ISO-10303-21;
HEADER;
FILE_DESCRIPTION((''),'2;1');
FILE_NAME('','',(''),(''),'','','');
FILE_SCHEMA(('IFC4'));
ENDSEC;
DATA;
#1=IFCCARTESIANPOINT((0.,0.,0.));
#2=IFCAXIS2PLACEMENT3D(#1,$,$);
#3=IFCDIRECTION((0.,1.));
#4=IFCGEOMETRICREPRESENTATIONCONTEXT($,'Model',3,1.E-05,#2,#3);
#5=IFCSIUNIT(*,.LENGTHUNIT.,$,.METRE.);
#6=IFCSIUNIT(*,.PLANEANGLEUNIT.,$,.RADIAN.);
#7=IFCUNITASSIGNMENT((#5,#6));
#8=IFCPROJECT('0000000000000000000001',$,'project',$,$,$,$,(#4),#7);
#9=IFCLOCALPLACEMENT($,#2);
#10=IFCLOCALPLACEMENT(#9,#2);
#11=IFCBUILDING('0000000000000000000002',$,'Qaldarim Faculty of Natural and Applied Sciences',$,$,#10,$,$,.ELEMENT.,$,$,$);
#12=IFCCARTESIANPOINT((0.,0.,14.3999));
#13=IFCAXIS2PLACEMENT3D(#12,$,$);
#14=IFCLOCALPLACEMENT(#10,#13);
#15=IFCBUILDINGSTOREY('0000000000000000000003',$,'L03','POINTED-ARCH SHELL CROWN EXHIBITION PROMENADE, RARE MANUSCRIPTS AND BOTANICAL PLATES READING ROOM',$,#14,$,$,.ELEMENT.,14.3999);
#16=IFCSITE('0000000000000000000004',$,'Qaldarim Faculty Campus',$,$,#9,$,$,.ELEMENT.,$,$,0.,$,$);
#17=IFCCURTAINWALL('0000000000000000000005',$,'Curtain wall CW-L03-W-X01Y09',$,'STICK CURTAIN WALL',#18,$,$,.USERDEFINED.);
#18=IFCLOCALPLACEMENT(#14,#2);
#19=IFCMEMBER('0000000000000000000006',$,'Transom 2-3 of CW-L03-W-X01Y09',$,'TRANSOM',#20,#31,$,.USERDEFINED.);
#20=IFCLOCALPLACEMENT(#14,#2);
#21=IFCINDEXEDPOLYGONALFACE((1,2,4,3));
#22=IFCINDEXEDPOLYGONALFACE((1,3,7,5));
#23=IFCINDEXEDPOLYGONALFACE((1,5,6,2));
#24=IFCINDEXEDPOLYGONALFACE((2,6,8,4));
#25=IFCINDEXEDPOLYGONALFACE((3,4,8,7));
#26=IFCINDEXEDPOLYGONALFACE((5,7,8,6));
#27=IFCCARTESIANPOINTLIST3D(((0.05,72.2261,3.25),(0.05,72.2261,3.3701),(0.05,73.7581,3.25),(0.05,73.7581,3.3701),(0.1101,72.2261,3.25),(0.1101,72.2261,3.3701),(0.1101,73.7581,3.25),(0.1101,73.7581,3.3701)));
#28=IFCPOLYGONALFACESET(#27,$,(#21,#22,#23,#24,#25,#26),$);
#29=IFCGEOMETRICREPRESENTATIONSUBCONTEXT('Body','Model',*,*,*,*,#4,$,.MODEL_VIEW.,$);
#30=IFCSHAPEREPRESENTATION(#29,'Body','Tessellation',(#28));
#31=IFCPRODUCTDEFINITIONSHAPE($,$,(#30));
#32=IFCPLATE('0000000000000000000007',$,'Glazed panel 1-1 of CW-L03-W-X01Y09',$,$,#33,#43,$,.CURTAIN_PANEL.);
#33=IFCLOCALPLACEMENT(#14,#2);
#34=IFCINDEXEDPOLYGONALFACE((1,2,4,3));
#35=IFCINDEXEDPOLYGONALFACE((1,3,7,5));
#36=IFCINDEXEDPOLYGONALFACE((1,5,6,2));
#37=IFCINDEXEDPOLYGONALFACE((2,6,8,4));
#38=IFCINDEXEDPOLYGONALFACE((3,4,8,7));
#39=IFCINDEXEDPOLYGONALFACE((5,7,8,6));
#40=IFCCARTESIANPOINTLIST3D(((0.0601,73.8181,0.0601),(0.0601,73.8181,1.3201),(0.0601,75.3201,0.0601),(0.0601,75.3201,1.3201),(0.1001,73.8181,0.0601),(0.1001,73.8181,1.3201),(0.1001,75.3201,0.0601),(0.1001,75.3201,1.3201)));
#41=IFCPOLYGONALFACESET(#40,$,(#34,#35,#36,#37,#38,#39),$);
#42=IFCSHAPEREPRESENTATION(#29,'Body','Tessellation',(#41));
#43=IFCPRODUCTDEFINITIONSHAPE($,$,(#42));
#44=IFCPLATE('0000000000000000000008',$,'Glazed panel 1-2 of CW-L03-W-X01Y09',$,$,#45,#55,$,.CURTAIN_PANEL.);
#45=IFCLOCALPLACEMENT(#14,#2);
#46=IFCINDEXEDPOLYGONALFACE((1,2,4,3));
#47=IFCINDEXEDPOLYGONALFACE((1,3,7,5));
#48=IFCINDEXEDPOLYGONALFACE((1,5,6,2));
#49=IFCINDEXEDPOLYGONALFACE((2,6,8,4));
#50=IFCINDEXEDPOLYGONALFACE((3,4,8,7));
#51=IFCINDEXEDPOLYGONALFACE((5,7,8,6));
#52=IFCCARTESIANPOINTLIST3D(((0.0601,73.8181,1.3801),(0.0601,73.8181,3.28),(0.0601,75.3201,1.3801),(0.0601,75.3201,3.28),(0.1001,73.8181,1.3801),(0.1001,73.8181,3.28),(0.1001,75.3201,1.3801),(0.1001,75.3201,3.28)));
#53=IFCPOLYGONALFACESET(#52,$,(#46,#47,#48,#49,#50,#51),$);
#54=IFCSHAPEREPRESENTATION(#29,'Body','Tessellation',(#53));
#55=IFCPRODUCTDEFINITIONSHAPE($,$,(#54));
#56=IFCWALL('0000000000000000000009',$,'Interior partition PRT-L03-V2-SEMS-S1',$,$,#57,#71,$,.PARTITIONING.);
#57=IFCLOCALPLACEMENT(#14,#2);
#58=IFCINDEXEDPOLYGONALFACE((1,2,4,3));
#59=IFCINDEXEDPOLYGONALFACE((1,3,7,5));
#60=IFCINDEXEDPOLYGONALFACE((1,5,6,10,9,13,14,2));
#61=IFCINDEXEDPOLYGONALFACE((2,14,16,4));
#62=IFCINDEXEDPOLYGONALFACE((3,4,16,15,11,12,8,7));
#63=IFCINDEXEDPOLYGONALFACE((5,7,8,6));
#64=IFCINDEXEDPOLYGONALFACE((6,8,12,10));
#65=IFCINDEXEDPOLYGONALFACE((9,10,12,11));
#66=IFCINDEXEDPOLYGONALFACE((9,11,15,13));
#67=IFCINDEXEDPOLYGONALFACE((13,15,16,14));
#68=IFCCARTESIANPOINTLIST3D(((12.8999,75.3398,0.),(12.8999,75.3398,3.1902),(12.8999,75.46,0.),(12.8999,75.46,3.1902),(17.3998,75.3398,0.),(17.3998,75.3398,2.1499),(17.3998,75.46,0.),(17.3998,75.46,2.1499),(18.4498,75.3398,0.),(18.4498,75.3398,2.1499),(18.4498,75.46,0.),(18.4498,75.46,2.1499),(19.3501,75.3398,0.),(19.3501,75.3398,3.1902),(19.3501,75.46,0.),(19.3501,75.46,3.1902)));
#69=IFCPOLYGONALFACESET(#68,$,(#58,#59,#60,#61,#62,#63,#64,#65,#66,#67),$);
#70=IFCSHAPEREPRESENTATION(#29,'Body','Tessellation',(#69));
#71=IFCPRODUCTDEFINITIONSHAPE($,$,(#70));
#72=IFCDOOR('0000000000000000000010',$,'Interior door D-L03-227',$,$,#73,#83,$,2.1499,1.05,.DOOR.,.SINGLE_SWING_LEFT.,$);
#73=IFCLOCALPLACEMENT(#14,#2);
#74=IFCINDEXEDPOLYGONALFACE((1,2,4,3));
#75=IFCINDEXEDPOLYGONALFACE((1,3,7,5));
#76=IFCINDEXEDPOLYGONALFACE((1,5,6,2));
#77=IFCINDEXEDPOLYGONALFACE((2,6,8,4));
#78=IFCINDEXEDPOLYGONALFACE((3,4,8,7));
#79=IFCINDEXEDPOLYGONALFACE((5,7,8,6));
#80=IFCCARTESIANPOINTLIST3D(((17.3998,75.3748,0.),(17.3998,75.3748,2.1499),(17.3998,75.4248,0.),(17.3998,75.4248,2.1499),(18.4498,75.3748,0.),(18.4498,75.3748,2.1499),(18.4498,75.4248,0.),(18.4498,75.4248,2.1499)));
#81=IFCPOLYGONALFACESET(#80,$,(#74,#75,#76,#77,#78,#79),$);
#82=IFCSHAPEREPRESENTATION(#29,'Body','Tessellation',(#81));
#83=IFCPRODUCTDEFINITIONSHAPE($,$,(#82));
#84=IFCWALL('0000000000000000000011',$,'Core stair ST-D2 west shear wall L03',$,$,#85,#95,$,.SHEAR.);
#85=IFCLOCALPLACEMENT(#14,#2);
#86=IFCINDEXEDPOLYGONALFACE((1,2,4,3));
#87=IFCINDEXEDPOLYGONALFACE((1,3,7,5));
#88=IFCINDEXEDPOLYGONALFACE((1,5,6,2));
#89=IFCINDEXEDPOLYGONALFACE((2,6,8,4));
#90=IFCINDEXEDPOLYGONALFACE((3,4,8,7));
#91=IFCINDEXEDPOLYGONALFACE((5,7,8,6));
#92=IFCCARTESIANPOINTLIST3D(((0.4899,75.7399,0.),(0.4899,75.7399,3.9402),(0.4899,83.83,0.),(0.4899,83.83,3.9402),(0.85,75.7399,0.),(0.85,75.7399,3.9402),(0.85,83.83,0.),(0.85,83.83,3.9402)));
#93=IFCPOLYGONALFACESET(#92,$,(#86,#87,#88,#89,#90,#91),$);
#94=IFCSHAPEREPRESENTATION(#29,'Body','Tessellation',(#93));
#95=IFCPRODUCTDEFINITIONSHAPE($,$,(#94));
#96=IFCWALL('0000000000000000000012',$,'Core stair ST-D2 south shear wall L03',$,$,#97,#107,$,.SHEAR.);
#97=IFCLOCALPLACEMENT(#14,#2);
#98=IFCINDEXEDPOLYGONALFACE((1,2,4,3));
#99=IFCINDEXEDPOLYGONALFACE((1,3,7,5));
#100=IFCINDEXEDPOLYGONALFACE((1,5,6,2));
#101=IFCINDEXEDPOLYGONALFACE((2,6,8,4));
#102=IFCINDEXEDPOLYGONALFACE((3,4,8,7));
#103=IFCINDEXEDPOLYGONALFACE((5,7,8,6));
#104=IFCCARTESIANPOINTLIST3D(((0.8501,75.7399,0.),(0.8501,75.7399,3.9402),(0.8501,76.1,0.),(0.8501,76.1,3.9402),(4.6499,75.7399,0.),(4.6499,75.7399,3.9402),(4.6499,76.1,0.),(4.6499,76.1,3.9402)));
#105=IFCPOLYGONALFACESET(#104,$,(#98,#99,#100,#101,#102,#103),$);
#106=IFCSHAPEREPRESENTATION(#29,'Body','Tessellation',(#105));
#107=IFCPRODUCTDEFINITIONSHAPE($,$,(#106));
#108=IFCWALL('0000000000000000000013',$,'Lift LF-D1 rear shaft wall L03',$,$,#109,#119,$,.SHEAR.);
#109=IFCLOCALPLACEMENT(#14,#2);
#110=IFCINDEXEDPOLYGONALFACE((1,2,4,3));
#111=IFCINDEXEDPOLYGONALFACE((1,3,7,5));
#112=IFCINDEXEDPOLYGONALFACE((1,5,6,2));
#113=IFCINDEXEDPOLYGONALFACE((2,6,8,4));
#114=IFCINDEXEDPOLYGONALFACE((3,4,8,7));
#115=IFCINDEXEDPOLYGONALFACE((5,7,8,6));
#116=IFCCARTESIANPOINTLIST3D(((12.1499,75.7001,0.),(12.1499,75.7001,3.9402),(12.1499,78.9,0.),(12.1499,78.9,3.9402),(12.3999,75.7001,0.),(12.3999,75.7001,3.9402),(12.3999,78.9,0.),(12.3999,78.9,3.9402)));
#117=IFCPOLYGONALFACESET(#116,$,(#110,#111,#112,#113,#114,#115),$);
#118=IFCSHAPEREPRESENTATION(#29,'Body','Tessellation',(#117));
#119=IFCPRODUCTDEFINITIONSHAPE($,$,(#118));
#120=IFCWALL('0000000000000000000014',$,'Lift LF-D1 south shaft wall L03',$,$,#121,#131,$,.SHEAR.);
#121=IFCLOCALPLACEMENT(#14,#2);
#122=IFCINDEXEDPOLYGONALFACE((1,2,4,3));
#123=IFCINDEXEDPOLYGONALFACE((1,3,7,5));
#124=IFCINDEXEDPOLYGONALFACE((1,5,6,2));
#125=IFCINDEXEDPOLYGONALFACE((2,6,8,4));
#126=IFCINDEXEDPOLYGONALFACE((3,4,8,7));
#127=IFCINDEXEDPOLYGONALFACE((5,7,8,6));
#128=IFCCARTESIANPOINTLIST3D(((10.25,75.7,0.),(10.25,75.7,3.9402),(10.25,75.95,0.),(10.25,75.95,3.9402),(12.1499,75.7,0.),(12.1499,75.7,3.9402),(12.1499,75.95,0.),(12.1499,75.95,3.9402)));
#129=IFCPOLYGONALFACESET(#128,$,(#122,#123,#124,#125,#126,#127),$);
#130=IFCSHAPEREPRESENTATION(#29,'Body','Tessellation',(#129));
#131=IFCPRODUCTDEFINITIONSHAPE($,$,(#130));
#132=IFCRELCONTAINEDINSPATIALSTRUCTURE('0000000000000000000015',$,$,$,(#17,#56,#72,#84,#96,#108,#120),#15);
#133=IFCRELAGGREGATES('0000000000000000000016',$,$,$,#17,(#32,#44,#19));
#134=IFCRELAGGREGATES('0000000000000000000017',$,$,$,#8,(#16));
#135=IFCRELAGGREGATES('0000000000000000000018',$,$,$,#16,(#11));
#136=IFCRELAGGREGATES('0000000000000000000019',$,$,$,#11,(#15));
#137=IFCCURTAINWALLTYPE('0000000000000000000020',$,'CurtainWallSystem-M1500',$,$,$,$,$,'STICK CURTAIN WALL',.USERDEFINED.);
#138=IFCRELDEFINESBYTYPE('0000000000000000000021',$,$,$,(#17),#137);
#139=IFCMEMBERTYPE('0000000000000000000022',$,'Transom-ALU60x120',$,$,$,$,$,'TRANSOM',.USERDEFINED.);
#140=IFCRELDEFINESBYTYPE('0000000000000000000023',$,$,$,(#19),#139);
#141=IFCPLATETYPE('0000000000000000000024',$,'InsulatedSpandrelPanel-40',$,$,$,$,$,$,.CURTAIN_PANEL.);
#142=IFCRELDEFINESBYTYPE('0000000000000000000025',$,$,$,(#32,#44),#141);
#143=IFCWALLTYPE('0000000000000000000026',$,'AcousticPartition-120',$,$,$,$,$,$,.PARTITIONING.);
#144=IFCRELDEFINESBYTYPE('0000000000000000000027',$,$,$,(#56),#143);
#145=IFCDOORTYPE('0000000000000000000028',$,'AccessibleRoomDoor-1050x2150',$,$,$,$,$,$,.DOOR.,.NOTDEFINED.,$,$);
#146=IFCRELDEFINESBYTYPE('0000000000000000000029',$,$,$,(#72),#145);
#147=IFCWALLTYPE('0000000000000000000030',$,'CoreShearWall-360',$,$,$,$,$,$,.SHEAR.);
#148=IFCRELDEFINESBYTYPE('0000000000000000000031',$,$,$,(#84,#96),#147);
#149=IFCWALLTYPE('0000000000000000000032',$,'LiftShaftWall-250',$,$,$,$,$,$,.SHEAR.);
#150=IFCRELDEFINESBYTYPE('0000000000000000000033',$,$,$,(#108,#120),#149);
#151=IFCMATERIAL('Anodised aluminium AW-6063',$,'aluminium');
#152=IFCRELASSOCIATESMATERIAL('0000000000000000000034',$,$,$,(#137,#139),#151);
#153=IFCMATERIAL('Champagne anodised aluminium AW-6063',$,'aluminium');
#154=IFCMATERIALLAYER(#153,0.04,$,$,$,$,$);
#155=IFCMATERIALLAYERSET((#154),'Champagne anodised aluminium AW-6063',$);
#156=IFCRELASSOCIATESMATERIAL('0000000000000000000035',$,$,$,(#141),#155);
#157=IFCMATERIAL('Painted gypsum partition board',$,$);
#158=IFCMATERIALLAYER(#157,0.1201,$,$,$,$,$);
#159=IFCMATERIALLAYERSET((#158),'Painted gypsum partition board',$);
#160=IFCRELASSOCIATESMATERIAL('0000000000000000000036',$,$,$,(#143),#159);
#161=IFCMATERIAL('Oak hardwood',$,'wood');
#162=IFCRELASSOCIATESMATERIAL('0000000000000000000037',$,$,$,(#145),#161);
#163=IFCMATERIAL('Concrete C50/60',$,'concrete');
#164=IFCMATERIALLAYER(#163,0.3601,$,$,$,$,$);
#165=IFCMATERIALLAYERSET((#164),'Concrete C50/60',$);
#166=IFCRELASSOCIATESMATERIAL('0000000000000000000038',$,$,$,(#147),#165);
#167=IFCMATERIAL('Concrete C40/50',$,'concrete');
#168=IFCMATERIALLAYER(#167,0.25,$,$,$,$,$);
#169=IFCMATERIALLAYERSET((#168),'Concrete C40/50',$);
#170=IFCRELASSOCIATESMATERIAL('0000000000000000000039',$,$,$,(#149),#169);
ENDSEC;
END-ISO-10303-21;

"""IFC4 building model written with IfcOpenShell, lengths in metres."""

from ifc_helpers import new_model, si_unit, direction, frame, frame_2d, origin, origin_2d, place, context, subcontext, project, spatial, rectangle, extrude, material, layer, layer_set, material_profile, profile_set, type_object, element, fill, aggregate, save


model = new_model("IFC4")

# Units and contexts
model_context = context("Model", 3, precision=1e-05, world=origin(), true_north=direction((0.0, 1.0)))
body_context = subcontext(model_context, "Body", "Model", "MODEL_VIEW")
ifc_project = project(units=[si_unit("LENGTHUNIT", "METRE"), si_unit("PLANEANGLEUNIT", "RADIAN")], contexts=[model_context])

# Site, building, storey
site_placement = place(None, origin())
site = spatial("IfcSite", under=ifc_project, at=site_placement, Name="Qaldarim Faculty Campus", CompositionType="ELEMENT", RefElevation=0.0)
building_placement = place(site_placement, origin())
building = spatial("IfcBuilding", under=site, at=building_placement, Name="Qaldarim Faculty of Natural and Applied Sciences", CompositionType="ELEMENT")
storey_placement = place(building_placement, frame((0.0, 0.0, 14.3999)))
storey = spatial("IfcBuildingStorey", under=building, at=storey_placement, Name="L03", Description="POINTED-ARCH SHELL CROWN EXHIBITION PROMENADE, RARE MANUSCRIPTS AND BOTANICAL PLATES READING ROOM", CompositionType="ELEMENT", Elevation=14.3999)

# Shared definitions
ifc_material_1 = material(Name="Concrete C50/60", Category="concrete")
ifc_material_2 = material(Name="Concrete C40/50", Category="concrete")

# Curtain wall
ifc_material_3 = material(Name="Anodised aluminium AW-6063", Category="aluminium")
curtain_wall_type = type_object("IfcCurtainWallType", Name="CurtainWallSystem-M1500", ElementType="STICK CURTAIN WALL", PredefinedType="USERDEFINED", material=ifc_material_3)
curtain_wall_placement = place(storey_placement, origin())
curtain_wall = element("IfcCurtainWall", 1, at=curtain_wall_placement, inside=storey, type_object=curtain_wall_type, Name="Curtain wall CW-L03-W-X01Y09", ObjectType="STICK CURTAIN WALL", PredefinedType="USERDEFINED")

# Member
ifc_material_profile_1 = material_profile(ifc_material_3, rectangle(XDim=0.0601, YDim=0.1201, at=origin_2d()), Name="ALU-T60x120")
ifc_profile_set_1 = profile_set([ifc_material_profile_1], Name="Anodised aluminium AW-6063")
member_type_1 = type_object("IfcMemberType", Name="Transom-ALU60x120", ElementType="TRANSOM", PredefinedType="USERDEFINED", material=ifc_profile_set_1)
member_1_placement = place(storey_placement, frame((0.0801, 73.7581, 3.3101), z_axis=(0.0, -1.0, 0.0), x_axis=(1.0, 0.0, 0.0)))
member_1 = element("IfcMember", 2, at=member_1_placement, type_object=member_type_1, Name="Transom 2-3 of CW-L03-W-X01Y09", ObjectType="TRANSOM", PredefinedType="USERDEFINED", context=body_context, shape_type="SweptSolid", body=[
    extrude(rectangle(XDim=0.0601, YDim=0.1201, at=origin_2d()), origin(), (0.0, 0.0, 1.0), 1.532),
])

# Plates
ifc_material_4 = material(Name="Champagne anodised aluminium AW-6063", Category="aluminium")
ifc_layer_1 = layer(ifc_material_4, 0.04)
ifc_layer_set_1 = layer_set([ifc_layer_1], Name="Champagne anodised aluminium AW-6063")
plate_type = type_object("IfcPlateType", Name="InsulatedSpandrelPanel-40", PredefinedType="CURTAIN_PANEL", material=ifc_layer_set_1)
plate_1_placement = place(storey_placement, frame((0.0801, 74.5691, 0.0601), z_axis=(0.0, 0.0, 1.0), x_axis=(0.0, -1.0, 0.0)))
plate_1 = element("IfcPlate", 3, at=plate_1_placement, type_object=plate_type, Name="Glazed panel 1-1 of CW-L03-W-X01Y09", PredefinedType="CURTAIN_PANEL", context=body_context, shape_type="SweptSolid", body=[
    extrude(rectangle(XDim=1.502, YDim=0.04, at=origin_2d()), origin(), (0.0, 0.0, 1.0), 1.26),
])
plate_2_placement = place(storey_placement, frame((0.0801, 74.5691, 1.3801), z_axis=(0.0, 0.0, 1.0), x_axis=(0.0, -1.0, 0.0)))
plate_2 = element("IfcPlate", 4, at=plate_2_placement, type_object=plate_type, Name="Glazed panel 1-2 of CW-L03-W-X01Y09", PredefinedType="CURTAIN_PANEL", context=body_context, shape_type="SweptSolid", body=[
    extrude(rectangle(XDim=1.502, YDim=0.04, at=origin_2d()), origin(), (0.0, 0.0, 1.0), 1.8999),
])
aggregate(curtain_wall, [plate_1, plate_2, member_1])

# Wall, opening, door
ifc_material_5 = material(Name="Painted gypsum partition board")
ifc_layer_2 = layer(ifc_material_5, 0.1201)
ifc_layer_set_2 = layer_set([ifc_layer_2], Name="Painted gypsum partition board")
wall_type_1 = type_object("IfcWallType", Name="AcousticPartition-120", PredefinedType="PARTITIONING", material=ifc_layer_set_2)
wall_1_placement = place(storey_placement, frame((12.8999, 75.3999, 0.0), z_axis=(0.0, 0.0, 1.0), x_axis=(1.0, 0.0, 0.0)))
wall_1 = element("IfcWall", 5, at=wall_1_placement, inside=storey, type_object=wall_type_1, Name="Interior partition PRT-L03-V2-SEMS-S1", PredefinedType="PARTITIONING", context=body_context, shape_type="SweptSolid", body=[
    extrude(rectangle(XDim=6.4502, YDim=0.1201, at=frame_2d((3.2251, 0.0))), origin(), (0.0, 0.0, 1.0), 3.1902),
])
opening_1_placement = place(wall_1_placement, frame((4.5, 0.0, 0.0)))
opening_1 = element("IfcOpeningElement", 6, at=opening_1_placement, cuts=wall_1, PredefinedType="OPENING", context=body_context, shape_type="SweptSolid", body=[
    extrude(rectangle(XDim=1.05, YDim=2.1499, at=frame_2d((0.5249, 1.075))), frame((0.0, 0.0701, 0.0), z_axis=(0.0, -1.0, 0.0), x_axis=(1.0, 0.0, 0.0)), (0.0, 0.0, 1.0), 0.1401),
])
ifc_material_6 = material(Name="Oak hardwood", Category="wood")
door_type_1 = type_object("IfcDoorType", Name="AccessibleRoomDoor-1050x2150", OperationType="NOTDEFINED", PredefinedType="DOOR", material=ifc_material_6)
door_1_placement = place(opening_1_placement, origin())
door_1 = element("IfcDoor", 7, at=door_1_placement, inside=storey, type_object=door_type_1, Name="Interior door D-L03-227", OperationType="SINGLE_SWING_LEFT", OverallHeight=2.1499, OverallWidth=1.05, PredefinedType="DOOR", context=body_context, shape_type="SweptSolid", body=[
    extrude(rectangle(XDim=1.05, YDim=2.1499, at=frame_2d((0.5249, 1.075))), frame((0.0, 0.0249, 0.0), z_axis=(0.0, -1.0, 0.0), x_axis=(1.0, 0.0, 0.0)), (0.0, 0.0, 1.0), 0.05),
])
fill(opening_1, door_1)

# Wall
ifc_layer_3 = layer(ifc_material_1, 0.3601)
ifc_layer_set_3 = layer_set([ifc_layer_3], Name="Concrete C50/60")
wall_type_2 = type_object("IfcWallType", Name="CoreShearWall-360", PredefinedType="SHEAR", material=ifc_layer_set_3)
wall_2_placement = place(storey_placement, frame((0.6699, 75.74, 0.0), z_axis=(0.0, 0.0, 1.0), x_axis=(0.0, 1.0, 0.0)))
element("IfcWall", 8, at=wall_2_placement, inside=storey, type_object=wall_type_2, Name="Core stair ST-D2 west shear wall L03", PredefinedType="SHEAR", context=body_context, shape_type="SweptSolid", body=[
    extrude(rectangle(XDim=8.0901, YDim=0.3601, at=frame_2d((4.0449, 0.0))), origin(), (0.0, 0.0, 1.0), 3.9402),
])

# Wall
wall_3_placement = place(storey_placement, frame((0.8501, 75.9199, 0.0), z_axis=(0.0, 0.0, 1.0), x_axis=(1.0, 0.0, 0.0)))
element("IfcWall", 9, at=wall_3_placement, inside=storey, type_object=wall_type_2, Name="Core stair ST-D2 south shear wall L03", PredefinedType="SHEAR", context=body_context, shape_type="SweptSolid", body=[
    extrude(rectangle(XDim=3.7998, YDim=0.3601, at=frame_2d((1.8999, 0.0))), origin(), (0.0, 0.0, 1.0), 3.9402),
])

# Shared definitions
ifc_layer_4 = layer(ifc_material_2, 0.25)
ifc_layer_set_4 = layer_set([ifc_layer_4], Name="Concrete C40/50")
wall_type_3 = type_object("IfcWallType", Name="LiftShaftWall-250", PredefinedType="SHEAR", material=ifc_layer_set_4)

# Walls
wall_4_placement = place(storey_placement, frame((12.2749, 75.7, 0.0), z_axis=(0.0, 0.0, 1.0), x_axis=(0.0, 1.0, 0.0)))
element("IfcWall", 10, at=wall_4_placement, inside=storey, type_object=wall_type_3, Name="Lift LF-D1 rear shaft wall L03", PredefinedType="SHEAR", context=body_context, shape_type="SweptSolid", body=[
    extrude(rectangle(XDim=3.2, YDim=0.25, at=frame_2d((1.6001, 0.0))), origin(), (0.0, 0.0, 1.0), 3.9402),
])
wall_5_placement = place(storey_placement, frame((10.25, 75.825, 0.0), z_axis=(0.0, 0.0, 1.0), x_axis=(1.0, 0.0, 0.0)))
element("IfcWall", 11, at=wall_5_placement, inside=storey, type_object=wall_type_3, Name="Lift LF-D1 south shaft wall L03", PredefinedType="SHEAR", context=body_context, shape_type="SweptSolid", body=[
    extrude(rectangle(XDim=1.8999, YDim=0.25, at=frame_2d((0.95, 0.0))), origin(), (0.0, 0.0, 1.0), 3.9402),
])

save(model, "model.ifc")
